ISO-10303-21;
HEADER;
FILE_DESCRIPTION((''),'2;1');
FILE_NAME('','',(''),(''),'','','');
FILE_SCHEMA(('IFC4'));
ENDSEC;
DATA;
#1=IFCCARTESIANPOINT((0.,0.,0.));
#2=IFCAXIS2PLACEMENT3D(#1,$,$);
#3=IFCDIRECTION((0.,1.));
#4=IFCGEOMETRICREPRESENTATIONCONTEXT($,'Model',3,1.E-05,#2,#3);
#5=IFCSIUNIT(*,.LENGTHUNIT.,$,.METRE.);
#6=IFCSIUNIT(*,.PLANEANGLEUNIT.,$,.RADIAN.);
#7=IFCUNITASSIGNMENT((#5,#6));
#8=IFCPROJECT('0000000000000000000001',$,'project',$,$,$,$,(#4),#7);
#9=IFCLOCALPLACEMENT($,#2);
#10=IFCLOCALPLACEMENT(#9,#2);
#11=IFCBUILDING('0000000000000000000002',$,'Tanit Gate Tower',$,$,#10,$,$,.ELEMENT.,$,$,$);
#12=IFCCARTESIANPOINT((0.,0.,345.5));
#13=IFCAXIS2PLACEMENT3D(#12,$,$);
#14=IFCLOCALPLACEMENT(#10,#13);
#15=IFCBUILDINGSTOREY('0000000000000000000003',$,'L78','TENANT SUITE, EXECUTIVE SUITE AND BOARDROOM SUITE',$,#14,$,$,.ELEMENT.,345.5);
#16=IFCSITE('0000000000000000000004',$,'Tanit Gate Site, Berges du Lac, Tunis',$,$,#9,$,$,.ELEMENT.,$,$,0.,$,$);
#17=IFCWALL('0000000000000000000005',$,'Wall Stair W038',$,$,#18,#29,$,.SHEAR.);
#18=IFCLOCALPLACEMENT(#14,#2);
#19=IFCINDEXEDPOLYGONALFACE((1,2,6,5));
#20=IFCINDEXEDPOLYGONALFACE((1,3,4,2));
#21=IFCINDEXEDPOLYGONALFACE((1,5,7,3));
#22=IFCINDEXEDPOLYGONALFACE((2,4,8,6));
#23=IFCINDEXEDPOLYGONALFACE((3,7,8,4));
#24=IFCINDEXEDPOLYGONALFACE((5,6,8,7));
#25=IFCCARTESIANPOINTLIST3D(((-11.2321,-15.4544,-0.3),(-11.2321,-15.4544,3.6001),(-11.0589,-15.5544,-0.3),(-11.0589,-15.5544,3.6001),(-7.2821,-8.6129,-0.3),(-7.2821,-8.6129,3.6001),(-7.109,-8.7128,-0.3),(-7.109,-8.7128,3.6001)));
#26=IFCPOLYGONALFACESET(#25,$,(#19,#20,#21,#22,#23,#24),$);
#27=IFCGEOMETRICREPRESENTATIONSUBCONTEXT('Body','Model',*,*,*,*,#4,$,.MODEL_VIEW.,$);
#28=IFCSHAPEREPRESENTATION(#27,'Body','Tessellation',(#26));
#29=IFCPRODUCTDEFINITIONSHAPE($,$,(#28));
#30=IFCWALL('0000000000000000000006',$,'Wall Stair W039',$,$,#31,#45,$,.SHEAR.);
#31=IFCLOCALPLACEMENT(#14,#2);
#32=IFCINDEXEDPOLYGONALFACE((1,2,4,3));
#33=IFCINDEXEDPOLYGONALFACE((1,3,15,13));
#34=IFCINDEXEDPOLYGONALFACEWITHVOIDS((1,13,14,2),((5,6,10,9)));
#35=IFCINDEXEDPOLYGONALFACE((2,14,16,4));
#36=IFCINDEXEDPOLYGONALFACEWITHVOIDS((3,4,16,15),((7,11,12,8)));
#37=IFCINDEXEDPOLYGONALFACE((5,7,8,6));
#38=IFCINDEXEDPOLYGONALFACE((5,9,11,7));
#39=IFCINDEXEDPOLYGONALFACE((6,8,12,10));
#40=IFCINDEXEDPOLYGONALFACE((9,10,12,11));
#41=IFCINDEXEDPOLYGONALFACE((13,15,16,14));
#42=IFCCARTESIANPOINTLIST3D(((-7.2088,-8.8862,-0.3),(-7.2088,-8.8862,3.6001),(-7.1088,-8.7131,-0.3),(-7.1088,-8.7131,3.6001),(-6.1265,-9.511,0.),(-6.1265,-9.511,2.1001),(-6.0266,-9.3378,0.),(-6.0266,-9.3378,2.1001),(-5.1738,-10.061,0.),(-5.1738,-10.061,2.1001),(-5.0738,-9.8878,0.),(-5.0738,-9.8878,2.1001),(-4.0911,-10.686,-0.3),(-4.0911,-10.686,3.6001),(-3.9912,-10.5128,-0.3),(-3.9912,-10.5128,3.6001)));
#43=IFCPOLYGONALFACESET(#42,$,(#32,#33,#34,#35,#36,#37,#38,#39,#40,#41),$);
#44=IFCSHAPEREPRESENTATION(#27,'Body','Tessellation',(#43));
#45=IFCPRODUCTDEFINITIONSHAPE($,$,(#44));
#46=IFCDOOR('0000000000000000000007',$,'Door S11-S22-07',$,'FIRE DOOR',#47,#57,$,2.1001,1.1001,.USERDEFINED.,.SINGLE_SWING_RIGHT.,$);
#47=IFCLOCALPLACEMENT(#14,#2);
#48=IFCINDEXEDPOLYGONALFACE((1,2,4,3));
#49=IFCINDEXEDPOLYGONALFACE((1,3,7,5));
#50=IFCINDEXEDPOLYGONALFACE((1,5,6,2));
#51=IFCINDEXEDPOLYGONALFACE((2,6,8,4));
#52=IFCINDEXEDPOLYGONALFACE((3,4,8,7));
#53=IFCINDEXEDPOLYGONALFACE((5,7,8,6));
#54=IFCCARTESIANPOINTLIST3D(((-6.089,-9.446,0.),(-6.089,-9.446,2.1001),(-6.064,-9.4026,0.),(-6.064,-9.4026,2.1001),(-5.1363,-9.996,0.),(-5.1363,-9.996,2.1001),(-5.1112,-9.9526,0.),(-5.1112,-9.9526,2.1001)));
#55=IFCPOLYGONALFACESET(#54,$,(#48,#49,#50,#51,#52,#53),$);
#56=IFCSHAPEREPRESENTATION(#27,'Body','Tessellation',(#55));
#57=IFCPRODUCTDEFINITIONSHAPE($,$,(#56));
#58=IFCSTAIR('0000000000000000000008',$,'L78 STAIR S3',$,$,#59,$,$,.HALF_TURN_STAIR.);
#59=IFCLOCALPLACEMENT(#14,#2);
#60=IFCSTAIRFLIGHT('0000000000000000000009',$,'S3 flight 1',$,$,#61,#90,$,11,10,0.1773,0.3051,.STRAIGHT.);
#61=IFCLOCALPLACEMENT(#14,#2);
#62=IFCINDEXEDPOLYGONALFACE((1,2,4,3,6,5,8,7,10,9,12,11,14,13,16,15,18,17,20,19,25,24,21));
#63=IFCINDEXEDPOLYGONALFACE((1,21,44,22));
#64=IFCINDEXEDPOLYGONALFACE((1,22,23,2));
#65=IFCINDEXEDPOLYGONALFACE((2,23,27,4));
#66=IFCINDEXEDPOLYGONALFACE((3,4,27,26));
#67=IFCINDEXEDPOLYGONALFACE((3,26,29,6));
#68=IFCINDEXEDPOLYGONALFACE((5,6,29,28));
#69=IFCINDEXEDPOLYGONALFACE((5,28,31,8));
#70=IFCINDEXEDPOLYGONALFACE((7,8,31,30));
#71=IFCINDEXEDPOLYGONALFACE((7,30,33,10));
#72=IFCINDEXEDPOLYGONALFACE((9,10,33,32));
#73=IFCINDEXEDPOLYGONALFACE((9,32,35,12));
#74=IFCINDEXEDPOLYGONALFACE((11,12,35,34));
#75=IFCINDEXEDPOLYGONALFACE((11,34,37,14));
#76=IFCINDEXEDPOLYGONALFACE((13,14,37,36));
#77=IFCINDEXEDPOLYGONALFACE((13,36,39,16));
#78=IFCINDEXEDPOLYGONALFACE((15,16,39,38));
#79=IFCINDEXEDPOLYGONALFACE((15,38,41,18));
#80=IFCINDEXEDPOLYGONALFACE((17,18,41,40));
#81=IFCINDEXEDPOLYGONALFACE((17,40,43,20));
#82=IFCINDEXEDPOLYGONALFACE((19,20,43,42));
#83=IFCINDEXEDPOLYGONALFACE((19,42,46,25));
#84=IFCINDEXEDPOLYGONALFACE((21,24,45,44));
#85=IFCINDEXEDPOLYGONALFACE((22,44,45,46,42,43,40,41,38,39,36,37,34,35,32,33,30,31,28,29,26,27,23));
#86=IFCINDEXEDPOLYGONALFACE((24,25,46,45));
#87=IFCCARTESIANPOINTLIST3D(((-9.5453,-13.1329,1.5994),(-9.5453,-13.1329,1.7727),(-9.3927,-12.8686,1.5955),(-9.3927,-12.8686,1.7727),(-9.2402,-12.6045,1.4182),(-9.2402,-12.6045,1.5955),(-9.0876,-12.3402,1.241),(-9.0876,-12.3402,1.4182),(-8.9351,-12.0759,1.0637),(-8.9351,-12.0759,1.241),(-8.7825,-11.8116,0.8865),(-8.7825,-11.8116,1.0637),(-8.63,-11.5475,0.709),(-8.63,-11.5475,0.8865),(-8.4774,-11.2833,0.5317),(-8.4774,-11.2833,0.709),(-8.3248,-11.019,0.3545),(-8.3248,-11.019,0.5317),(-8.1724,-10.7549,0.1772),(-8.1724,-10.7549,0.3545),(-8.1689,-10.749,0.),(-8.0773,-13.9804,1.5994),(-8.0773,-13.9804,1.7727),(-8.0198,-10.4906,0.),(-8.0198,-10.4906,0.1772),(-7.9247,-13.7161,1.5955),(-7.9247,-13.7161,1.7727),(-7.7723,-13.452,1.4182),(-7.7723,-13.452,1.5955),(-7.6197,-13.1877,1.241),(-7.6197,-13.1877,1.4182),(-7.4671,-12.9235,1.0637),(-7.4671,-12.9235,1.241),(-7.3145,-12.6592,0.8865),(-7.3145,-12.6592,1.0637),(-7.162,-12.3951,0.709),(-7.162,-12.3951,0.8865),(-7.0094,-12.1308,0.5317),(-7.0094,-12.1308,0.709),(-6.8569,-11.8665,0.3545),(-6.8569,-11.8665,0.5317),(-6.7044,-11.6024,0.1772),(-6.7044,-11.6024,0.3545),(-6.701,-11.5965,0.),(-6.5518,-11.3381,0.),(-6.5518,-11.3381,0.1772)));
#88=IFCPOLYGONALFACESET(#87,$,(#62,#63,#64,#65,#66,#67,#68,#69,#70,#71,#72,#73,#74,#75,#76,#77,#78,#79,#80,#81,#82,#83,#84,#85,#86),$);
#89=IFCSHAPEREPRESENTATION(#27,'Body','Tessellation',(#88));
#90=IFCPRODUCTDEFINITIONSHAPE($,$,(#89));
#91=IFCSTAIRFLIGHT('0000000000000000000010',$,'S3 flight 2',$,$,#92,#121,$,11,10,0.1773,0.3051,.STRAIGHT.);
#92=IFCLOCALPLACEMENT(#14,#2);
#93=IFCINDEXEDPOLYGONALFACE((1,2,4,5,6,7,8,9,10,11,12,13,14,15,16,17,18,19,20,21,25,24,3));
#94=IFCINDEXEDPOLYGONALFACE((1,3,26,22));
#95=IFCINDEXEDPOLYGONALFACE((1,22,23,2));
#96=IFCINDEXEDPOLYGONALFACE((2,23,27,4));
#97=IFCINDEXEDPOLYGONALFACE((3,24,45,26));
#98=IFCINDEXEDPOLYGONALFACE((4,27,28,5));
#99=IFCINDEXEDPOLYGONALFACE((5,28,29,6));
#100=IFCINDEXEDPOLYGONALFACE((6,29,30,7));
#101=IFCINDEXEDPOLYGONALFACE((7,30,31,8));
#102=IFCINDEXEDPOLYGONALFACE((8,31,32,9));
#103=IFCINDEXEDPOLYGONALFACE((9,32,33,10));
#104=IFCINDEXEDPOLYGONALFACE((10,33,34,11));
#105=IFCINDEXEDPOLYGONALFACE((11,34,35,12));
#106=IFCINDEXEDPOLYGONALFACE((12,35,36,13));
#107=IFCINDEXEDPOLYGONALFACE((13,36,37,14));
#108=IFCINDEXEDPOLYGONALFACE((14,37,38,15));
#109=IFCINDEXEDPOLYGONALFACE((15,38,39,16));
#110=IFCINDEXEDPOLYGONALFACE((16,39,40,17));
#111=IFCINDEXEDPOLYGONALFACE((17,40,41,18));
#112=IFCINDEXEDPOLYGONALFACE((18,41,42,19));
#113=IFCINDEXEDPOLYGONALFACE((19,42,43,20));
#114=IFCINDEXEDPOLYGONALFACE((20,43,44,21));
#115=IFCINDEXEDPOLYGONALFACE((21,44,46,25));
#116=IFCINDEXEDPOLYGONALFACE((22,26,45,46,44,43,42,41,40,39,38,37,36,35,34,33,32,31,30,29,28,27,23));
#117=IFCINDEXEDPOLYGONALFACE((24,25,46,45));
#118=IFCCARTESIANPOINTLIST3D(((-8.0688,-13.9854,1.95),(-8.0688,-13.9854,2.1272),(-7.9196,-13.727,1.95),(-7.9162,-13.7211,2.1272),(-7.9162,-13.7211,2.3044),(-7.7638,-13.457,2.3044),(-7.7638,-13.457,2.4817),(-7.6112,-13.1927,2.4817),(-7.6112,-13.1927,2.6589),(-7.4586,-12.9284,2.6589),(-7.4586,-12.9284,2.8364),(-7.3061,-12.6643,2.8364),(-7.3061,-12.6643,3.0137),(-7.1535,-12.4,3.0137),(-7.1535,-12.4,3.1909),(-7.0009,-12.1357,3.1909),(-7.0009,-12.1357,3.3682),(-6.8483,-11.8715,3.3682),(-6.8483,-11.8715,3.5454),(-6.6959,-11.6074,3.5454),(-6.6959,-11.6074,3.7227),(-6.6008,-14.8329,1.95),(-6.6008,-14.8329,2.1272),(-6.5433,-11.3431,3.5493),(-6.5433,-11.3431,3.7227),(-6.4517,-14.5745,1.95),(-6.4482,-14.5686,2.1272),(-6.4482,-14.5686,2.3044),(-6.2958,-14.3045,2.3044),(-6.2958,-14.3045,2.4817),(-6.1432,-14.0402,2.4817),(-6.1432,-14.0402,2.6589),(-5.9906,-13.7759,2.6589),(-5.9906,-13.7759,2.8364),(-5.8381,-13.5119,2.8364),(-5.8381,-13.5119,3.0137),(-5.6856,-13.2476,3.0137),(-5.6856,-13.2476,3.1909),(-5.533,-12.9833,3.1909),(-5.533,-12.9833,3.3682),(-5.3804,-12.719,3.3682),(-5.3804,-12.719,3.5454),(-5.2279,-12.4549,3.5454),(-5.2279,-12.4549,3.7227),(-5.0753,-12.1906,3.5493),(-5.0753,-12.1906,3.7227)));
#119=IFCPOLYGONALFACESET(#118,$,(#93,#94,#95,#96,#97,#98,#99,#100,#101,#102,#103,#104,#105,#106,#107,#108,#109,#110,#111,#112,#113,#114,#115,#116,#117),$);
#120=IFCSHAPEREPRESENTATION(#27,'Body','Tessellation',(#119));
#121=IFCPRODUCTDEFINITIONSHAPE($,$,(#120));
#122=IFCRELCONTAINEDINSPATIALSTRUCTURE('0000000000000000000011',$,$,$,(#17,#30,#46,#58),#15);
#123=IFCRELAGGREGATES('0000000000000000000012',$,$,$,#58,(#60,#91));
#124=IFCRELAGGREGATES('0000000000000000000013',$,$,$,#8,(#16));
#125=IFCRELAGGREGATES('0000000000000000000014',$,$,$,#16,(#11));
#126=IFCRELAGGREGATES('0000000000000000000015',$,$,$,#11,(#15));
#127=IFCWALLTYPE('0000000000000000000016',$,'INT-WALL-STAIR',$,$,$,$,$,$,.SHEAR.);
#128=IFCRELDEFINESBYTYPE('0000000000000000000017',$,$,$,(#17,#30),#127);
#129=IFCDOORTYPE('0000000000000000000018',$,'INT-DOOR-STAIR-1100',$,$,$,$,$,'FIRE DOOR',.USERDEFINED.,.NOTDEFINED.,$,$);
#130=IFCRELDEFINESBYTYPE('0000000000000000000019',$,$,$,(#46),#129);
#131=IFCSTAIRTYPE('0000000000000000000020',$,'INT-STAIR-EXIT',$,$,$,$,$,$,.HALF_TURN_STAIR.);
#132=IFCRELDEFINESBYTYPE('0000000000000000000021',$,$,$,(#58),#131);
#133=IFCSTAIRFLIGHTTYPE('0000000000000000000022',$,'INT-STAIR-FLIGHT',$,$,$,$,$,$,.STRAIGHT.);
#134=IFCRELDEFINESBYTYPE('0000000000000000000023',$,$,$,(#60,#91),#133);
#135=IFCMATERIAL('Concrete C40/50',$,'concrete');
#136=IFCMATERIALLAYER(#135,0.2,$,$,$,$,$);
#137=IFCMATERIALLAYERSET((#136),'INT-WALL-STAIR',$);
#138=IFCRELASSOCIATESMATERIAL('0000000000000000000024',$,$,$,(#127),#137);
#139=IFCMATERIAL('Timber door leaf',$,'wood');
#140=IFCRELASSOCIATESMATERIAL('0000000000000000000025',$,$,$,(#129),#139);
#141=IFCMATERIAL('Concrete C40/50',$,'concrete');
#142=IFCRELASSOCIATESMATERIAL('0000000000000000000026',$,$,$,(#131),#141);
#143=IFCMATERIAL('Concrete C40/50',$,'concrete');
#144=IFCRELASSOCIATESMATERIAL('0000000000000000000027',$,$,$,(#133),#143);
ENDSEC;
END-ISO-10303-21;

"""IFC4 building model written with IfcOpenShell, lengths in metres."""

from ifc_helpers import new_model, si_unit, direction, frame, frame_2d, origin, place, context, subcontext, project, spatial, polyline, rectangle, outline, extrude, material, layer, layer_set, type_object, element, fill, aggregate, save


model = new_model("IFC4")

# Units and contexts
model_context = context("Model", 3, precision=1e-05, world=origin(), true_north=direction((0.0, 1.0)))
body_context = subcontext(model_context, "Body", "Model", "MODEL_VIEW")
ifc_project = project(units=[si_unit("LENGTHUNIT", "METRE"), si_unit("PLANEANGLEUNIT", "RADIAN")], contexts=[model_context])

# Site, building, storey
site_placement = place(None, origin())
site = spatial("IfcSite", under=ifc_project, at=site_placement, Name="Tanit Gate Site, Berges du Lac, Tunis", CompositionType="ELEMENT", RefElevation=0.0)
building_placement = place(site_placement, origin())
building = spatial("IfcBuilding", under=site, at=building_placement, Name="Tanit Gate Tower", CompositionType="ELEMENT")
storey_placement = place(building_placement, frame((0.0, 0.0, 345.5)))
storey = spatial("IfcBuildingStorey", under=building, at=storey_placement, Name="L78", Description="TENANT SUITE, EXECUTIVE SUITE AND BOARDROOM SUITE", CompositionType="ELEMENT", Elevation=345.5)

# Wall
ifc_material_1 = material(Name="Concrete C40/50", Category="concrete")
ifc_layer_1 = layer(ifc_material_1, 0.2)
ifc_layer_set_1 = layer_set([ifc_layer_1], Name="INT-WALL-STAIR")
wall_type_1 = type_object("IfcWallType", Name="INT-WALL-STAIR", PredefinedType="SHEAR", material=ifc_layer_set_1)
wall_1_placement = place(storey_placement, frame((-7.1956, -8.6628, -0.3), z_axis=(0.0, 0.0, 1.0), x_axis=(-0.499998, -0.866027, 0.0)))
element("IfcWall", 1, at=wall_1_placement, inside=storey, type_object=wall_type_1, Name="Wall Stair W038", PredefinedType="SHEAR", context=body_context, shape_type="SweptSolid", body=[
    extrude(rectangle(XDim=7.8999, YDim=0.2, at=frame_2d((3.95, 0.0))), origin(), (0.0, 0.0, 1.0), 3.9001),
])

# Wall, opening, door
wall_2_placement = place(storey_placement, frame((-4.0413, -10.5994, -0.3), z_axis=(0.0, 0.0, 1.0), x_axis=(-0.866048, 0.499961, 0.0)))
wall_2 = element("IfcWall", 2, at=wall_2_placement, inside=storey, type_object=wall_type_1, Name="Wall Stair W039", PredefinedType="SHEAR", context=body_context, shape_type="SweptSolid", body=[
    extrude(rectangle(XDim=3.5999, YDim=0.2, at=frame_2d((1.7998, 0.0))), origin(), (0.0, 0.0, 1.0), 3.9001),
])
opening_1_placement = place(wall_2_placement, frame((1.25, 0.0, 0.3)))
opening_1 = element("IfcOpeningElement", 3, at=opening_1_placement, cuts=wall_2, PredefinedType="OPENING", context=body_context, shape_type="SweptSolid", body=[
    extrude(rectangle(XDim=1.1001, YDim=2.1001, at=frame_2d((0.55, 1.05))), frame((0.0, 0.1099, 0.0), z_axis=(0.0, -1.0, 0.0), x_axis=(1.0, 0.0, 0.0)), (0.0, 0.0, 1.0), 0.22),
])
ifc_material_2 = material(Name="Timber door leaf", Category="wood")
door_type_1 = type_object("IfcDoorType", Name="INT-DOOR-STAIR-1100", ElementType="FIRE DOOR", OperationType="NOTDEFINED", PredefinedType="USERDEFINED", material=ifc_material_2)
door_1_placement = place(opening_1_placement, origin())
door_1 = element("IfcDoor", 4, at=door_1_placement, inside=storey, type_object=door_type_1, Name="Door S11-S22-07", ObjectType="FIRE DOOR", OperationType="SINGLE_SWING_RIGHT", OverallHeight=2.1001, OverallWidth=1.1001, PredefinedType="USERDEFINED", context=body_context, shape_type="SweptSolid", body=[
    extrude(rectangle(XDim=1.1001, YDim=2.1001, at=frame_2d((0.55, 1.05))), frame((0.0, 0.0249, 0.0), z_axis=(0.0, -1.0, 0.0), x_axis=(1.0, 0.0, 0.0)), (0.0, 0.0, 1.0), 0.05),
])
fill(opening_1, door_1)

# Stair, stair flights
ifc_material_3 = material(Name="Concrete C40/50", Category="concrete")
stair_type = type_object("IfcStairType", Name="INT-STAIR-EXIT", PredefinedType="HALF_TURN_STAIR", material=ifc_material_3)
stair_placement = place(storey_placement, origin())
stair = element("IfcStair", 5, at=stair_placement, inside=storey, type_object=stair_type, Name="L78 STAIR S3", PredefinedType="HALF_TURN_STAIR")
ifc_material_4 = material(Name="Concrete C40/50", Category="concrete")
stair_flight_type = type_object("IfcStairFlightType", Name="INT-STAIR-FLIGHT", PredefinedType="STRAIGHT", material=ifc_material_4)
stair_flight_1_placement = place(storey_placement, frame((-7.2859, -10.9143, 0.0), z_axis=(0.0, 0.0, 1.0), x_axis=(-0.5, -0.866025, 0.0)))
stair_flight_1 = element("IfcStairFlight", 6, at=stair_flight_1_placement, type_object=stair_flight_type, Name="S3 flight 1", NumberOfRisers=11, NumberOfTreads=10, PredefinedType="STRAIGHT", RiserHeight=0.1773, TreadLength=0.3051, context=body_context, shape_type="SweptSolid", body=[
    extrude(outline(polyline([(0.0, 0.0), (0.0, 0.1772), (0.3052, 0.1772), (0.3052, 0.3545), (0.6101, 0.3545), (0.6101, 0.5317), (0.9153, 0.5317), (0.9153, 0.709), (1.2205, 0.709), (1.2205, 0.8865), (1.5254, 0.8865), (1.5254, 1.0637), (1.8306, 1.0637), (1.8306, 1.241), (2.1357, 1.241), (2.1357, 1.4182), (2.4409, 1.4182), (2.4409, 1.5955), (2.7458, 1.5955), (2.7458, 1.7727), (3.051, 1.7727), (3.051, 1.95), (3.051, 1.5994), (0.2983, 0.0), (0.0, 0.0)])), frame((0.0, 0.8477, 0.0), z_axis=(0.0, -1.0, 0.0), x_axis=(1.0, 0.0, 0.0)), (0.0, 0.0, 1.0), 1.6951),
])
stair_flight_2_placement = place(storey_placement, frame((-7.3347, -14.4092, 1.95), z_axis=(0.0, 0.0, 1.0), x_axis=(0.5, 0.866025, 0.0)))
stair_flight_2 = element("IfcStairFlight", 7, at=stair_flight_2_placement, type_object=stair_flight_type, Name="S3 flight 2", NumberOfRisers=11, NumberOfTreads=10, PredefinedType="STRAIGHT", RiserHeight=0.1773, TreadLength=0.3051, context=body_context, shape_type="SweptSolid", body=[
    extrude(outline(polyline([(0.0, 0.0), (0.0, 0.1772), (0.3052, 0.1772), (0.3052, 0.3545), (0.6101, 0.3545), (0.6101, 0.5317), (0.9153, 0.5317), (0.9153, 0.709), (1.2205, 0.709), (1.2205, 0.8865), (1.5254, 0.8865), (1.5254, 1.0637), (1.8306, 1.0637), (1.8306, 1.241), (2.1357, 1.241), (2.1357, 1.4182), (2.4409, 1.4182), (2.4409, 1.5955), (2.7458, 1.5955), (2.7458, 1.7727), (3.051, 1.7727), (3.051, 1.95), (3.051, 1.5994), (0.2983, 0.0), (0.0, 0.0)])), frame((0.0, 0.8477, 0.0), z_axis=(0.0, -1.0, 0.0), x_axis=(1.0, 0.0, 0.0)), (0.0, 0.0, 1.0), 1.6951),
])
aggregate(stair, [stair_flight_1, stair_flight_2])

save(model, "model.ifc")
